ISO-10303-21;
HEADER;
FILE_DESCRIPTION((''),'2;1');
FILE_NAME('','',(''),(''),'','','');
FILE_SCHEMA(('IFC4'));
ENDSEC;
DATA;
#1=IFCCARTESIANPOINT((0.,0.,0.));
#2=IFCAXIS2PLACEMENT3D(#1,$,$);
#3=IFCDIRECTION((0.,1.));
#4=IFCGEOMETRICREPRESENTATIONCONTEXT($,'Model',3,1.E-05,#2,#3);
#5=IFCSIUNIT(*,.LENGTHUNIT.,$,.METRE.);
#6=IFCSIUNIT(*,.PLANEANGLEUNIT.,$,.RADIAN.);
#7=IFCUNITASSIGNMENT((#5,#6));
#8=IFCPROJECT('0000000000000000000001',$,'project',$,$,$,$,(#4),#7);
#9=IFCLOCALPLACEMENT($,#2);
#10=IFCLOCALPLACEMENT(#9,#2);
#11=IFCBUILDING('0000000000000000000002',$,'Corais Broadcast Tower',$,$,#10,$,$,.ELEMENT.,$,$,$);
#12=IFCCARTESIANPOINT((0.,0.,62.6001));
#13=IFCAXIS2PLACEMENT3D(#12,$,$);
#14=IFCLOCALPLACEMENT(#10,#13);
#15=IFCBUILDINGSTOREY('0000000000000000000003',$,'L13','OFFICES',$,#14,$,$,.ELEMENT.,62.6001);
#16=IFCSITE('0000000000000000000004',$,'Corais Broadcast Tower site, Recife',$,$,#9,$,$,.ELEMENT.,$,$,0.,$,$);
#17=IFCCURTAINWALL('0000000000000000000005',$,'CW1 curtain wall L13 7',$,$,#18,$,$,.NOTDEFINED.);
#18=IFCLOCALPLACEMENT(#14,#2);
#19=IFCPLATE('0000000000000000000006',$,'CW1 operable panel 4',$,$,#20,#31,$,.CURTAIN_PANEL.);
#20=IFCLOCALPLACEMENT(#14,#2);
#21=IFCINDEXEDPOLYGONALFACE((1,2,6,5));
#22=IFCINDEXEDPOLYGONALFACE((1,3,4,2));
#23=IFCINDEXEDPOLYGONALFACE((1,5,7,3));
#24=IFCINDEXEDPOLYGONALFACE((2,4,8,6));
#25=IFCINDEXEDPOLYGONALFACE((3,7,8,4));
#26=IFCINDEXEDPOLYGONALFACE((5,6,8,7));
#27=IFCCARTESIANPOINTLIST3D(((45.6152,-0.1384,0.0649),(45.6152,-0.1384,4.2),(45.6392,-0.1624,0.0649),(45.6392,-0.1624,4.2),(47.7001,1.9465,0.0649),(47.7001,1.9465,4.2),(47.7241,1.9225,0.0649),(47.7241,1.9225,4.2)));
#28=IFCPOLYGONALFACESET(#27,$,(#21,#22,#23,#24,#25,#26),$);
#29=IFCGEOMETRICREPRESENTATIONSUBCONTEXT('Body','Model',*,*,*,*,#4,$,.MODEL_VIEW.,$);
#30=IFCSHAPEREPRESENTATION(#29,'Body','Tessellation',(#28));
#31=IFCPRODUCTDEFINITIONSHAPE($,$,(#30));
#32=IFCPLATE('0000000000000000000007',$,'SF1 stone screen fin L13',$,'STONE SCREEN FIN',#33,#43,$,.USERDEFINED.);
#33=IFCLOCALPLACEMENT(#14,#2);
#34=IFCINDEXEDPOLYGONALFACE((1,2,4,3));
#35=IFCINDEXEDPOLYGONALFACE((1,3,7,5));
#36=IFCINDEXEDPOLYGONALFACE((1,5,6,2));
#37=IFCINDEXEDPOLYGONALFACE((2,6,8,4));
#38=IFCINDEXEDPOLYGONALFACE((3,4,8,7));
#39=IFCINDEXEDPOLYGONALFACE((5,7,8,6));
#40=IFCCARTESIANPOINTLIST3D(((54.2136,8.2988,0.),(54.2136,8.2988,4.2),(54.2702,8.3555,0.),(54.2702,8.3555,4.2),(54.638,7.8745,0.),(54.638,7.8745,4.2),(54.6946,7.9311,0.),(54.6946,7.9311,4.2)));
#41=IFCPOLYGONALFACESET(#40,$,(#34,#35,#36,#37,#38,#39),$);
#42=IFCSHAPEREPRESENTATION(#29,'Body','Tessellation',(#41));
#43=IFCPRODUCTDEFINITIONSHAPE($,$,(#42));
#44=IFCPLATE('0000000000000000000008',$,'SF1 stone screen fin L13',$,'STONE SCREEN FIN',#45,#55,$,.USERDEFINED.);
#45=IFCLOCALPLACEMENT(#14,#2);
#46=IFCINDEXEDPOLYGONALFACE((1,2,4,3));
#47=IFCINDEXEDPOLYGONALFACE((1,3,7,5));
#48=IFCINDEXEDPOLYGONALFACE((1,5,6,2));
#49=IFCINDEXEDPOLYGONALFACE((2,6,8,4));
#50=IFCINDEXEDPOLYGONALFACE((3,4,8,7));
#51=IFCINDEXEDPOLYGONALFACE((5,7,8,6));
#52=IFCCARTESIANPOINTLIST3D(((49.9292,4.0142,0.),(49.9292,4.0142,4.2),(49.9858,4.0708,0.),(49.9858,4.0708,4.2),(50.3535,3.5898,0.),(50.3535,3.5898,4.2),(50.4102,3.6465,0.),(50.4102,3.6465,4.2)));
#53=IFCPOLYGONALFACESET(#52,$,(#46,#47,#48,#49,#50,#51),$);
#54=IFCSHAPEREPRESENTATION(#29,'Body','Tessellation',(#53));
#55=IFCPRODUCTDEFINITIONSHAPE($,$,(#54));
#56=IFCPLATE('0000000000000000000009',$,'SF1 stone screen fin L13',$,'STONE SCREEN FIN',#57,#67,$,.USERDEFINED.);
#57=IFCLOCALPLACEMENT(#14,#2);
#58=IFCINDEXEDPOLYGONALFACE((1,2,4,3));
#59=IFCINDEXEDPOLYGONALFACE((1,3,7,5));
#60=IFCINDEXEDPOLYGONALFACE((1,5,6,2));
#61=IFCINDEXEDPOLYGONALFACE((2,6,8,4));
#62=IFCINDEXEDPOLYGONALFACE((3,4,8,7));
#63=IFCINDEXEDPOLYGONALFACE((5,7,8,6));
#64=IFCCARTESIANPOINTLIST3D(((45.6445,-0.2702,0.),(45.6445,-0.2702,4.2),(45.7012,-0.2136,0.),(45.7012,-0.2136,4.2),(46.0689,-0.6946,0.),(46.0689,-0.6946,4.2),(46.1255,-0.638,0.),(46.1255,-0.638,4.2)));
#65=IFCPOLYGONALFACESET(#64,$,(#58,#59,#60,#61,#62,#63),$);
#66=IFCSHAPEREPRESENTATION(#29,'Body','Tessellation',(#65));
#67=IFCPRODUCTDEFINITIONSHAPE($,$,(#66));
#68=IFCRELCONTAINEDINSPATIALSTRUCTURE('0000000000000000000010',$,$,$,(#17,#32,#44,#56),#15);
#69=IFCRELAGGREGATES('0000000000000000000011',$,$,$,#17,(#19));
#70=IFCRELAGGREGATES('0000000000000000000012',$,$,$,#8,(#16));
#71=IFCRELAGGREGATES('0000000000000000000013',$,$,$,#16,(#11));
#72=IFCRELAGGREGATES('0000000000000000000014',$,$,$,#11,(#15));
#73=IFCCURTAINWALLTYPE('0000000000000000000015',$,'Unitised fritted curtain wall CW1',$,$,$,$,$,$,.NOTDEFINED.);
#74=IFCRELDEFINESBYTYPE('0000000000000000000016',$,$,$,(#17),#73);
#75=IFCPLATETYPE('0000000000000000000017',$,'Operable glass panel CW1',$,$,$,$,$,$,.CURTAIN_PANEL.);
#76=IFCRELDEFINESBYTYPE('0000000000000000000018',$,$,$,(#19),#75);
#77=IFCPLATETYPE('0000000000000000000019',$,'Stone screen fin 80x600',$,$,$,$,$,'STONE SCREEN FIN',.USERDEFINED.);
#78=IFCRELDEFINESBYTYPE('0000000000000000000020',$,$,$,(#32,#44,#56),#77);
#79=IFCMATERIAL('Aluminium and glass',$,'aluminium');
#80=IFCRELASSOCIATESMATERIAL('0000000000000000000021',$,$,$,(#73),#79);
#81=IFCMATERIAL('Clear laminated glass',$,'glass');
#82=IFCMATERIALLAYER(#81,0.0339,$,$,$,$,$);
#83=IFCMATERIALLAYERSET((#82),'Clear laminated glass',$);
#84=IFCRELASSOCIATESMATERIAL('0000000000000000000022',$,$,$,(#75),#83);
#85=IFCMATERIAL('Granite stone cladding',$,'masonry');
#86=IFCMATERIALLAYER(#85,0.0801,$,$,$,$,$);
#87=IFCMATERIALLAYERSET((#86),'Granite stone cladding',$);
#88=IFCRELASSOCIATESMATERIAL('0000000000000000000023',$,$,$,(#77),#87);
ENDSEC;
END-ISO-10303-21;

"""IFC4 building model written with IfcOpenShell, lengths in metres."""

from ifc_helpers import new_model, si_unit, direction, frame, origin, origin_2d, place, context, subcontext, project, spatial, rectangle, extrude, material, layer, layer_set, type_object, element, aggregate, save


model = new_model("IFC4")

# Units and contexts
model_context = context("Model", 3, precision=1e-05, world=origin(), true_north=direction((0.0, 1.0)))
body_context = subcontext(model_context, "Body", "Model", "MODEL_VIEW")
ifc_project = project(units=[si_unit("LENGTHUNIT", "METRE"), si_unit("PLANEANGLEUNIT", "RADIAN")], contexts=[model_context])

# Site, building, storey
site_placement = place(None, origin())
site = spatial("IfcSite", under=ifc_project, at=site_placement, Name="Corais Broadcast Tower site, Recife", CompositionType="ELEMENT", RefElevation=0.0)
building_placement = place(site_placement, origin())
building = spatial("IfcBuilding", under=site, at=building_placement, Name="Corais Broadcast Tower", CompositionType="ELEMENT")
storey_placement = place(building_placement, frame((0.0, 0.0, 62.6001)))
storey = spatial("IfcBuildingStorey", under=building, at=storey_placement, Name="L13", Description="OFFICES", CompositionType="ELEMENT", Elevation=62.6001)

# Shared definitions
ifc_material_1 = material(Name="Aluminium and glass", Category="aluminium")
curtain_wall_type = type_object("IfcCurtainWallType", Name="Unitised fritted curtain wall CW1", PredefinedType="NOTDEFINED", material=ifc_material_1)

# Curtain wall
curtain_wall_1_placement = place(storey_placement, origin())
curtain_wall_1 = element("IfcCurtainWall", 1, at=curtain_wall_1_placement, inside=storey, type_object=curtain_wall_type, Name="CW1 curtain wall L13 7", PredefinedType="NOTDEFINED")

# Plate
ifc_material_2 = material(Name="Clear laminated glass", Category="glass")
ifc_layer_1 = layer(ifc_material_2, 0.0339)
ifc_layer_set_1 = layer_set([ifc_layer_1], Name="Clear laminated glass")
plate_type_1 = type_object("IfcPlateType", Name="Operable glass panel CW1", PredefinedType="CURTAIN_PANEL", material=ifc_layer_set_1)
plate_1_placement = place(storey_placement, frame((46.6697, 0.8921, 0.0649), z_axis=(0.0, 0.0, 1.0), x_axis=(-0.707107, -0.707107, 0.0)))
plate_1 = element("IfcPlate", 2, at=plate_1_placement, type_object=plate_type_1, Name="CW1 operable panel 4", PredefinedType="CURTAIN_PANEL", context=body_context, shape_type="SweptSolid", body=[
    extrude(rectangle(XDim=2.9485, YDim=0.0339, at=origin_2d()), origin(), (0.0, 0.0, 1.0), 4.135),
])
aggregate(curtain_wall_1, [plate_1])

# Plates
ifc_material_3 = material(Name="Granite stone cladding", Category="masonry")
ifc_layer_2 = layer(ifc_material_3, 0.0801)
ifc_layer_set_2 = layer_set([ifc_layer_2], Name="Granite stone cladding")
plate_type_2 = type_object("IfcPlateType", Name="Stone screen fin 80x600", ElementType="STONE SCREEN FIN", PredefinedType="USERDEFINED", material=ifc_layer_set_2)
for number, where, z_axis, x_axis, name in (
    (3, (54.4541, 8.115, 0.0), (0.0, 0.0, 1.0), (-0.707107, -0.707107, 0.0), "SF1 stone screen fin L13"),
    (4, (50.1697, 3.8303, 0.0), (0.0, 0.0, 1.0), (-0.707107, -0.707107, 0.0), "SF1 stone screen fin L13"),
    (5, (45.885, -0.4541, 0.0), (0.0, 0.0, 1.0), (-0.707107, -0.707107, 0.0), "SF1 stone screen fin L13"),
):
    element("IfcPlate", number, at=place(storey_placement, frame(where, z_axis=z_axis, x_axis=x_axis)), inside=storey, type_object=plate_type_2, Name=name, ObjectType="STONE SCREEN FIN", PredefinedType="USERDEFINED", context=body_context, shape_type="SweptSolid", body=[
        extrude(rectangle(XDim=0.0801, YDim=0.6001, at=origin_2d()), origin(), (0.0, 0.0, 1.0), 4.2),
    ])

save(model, "model.ifc")
